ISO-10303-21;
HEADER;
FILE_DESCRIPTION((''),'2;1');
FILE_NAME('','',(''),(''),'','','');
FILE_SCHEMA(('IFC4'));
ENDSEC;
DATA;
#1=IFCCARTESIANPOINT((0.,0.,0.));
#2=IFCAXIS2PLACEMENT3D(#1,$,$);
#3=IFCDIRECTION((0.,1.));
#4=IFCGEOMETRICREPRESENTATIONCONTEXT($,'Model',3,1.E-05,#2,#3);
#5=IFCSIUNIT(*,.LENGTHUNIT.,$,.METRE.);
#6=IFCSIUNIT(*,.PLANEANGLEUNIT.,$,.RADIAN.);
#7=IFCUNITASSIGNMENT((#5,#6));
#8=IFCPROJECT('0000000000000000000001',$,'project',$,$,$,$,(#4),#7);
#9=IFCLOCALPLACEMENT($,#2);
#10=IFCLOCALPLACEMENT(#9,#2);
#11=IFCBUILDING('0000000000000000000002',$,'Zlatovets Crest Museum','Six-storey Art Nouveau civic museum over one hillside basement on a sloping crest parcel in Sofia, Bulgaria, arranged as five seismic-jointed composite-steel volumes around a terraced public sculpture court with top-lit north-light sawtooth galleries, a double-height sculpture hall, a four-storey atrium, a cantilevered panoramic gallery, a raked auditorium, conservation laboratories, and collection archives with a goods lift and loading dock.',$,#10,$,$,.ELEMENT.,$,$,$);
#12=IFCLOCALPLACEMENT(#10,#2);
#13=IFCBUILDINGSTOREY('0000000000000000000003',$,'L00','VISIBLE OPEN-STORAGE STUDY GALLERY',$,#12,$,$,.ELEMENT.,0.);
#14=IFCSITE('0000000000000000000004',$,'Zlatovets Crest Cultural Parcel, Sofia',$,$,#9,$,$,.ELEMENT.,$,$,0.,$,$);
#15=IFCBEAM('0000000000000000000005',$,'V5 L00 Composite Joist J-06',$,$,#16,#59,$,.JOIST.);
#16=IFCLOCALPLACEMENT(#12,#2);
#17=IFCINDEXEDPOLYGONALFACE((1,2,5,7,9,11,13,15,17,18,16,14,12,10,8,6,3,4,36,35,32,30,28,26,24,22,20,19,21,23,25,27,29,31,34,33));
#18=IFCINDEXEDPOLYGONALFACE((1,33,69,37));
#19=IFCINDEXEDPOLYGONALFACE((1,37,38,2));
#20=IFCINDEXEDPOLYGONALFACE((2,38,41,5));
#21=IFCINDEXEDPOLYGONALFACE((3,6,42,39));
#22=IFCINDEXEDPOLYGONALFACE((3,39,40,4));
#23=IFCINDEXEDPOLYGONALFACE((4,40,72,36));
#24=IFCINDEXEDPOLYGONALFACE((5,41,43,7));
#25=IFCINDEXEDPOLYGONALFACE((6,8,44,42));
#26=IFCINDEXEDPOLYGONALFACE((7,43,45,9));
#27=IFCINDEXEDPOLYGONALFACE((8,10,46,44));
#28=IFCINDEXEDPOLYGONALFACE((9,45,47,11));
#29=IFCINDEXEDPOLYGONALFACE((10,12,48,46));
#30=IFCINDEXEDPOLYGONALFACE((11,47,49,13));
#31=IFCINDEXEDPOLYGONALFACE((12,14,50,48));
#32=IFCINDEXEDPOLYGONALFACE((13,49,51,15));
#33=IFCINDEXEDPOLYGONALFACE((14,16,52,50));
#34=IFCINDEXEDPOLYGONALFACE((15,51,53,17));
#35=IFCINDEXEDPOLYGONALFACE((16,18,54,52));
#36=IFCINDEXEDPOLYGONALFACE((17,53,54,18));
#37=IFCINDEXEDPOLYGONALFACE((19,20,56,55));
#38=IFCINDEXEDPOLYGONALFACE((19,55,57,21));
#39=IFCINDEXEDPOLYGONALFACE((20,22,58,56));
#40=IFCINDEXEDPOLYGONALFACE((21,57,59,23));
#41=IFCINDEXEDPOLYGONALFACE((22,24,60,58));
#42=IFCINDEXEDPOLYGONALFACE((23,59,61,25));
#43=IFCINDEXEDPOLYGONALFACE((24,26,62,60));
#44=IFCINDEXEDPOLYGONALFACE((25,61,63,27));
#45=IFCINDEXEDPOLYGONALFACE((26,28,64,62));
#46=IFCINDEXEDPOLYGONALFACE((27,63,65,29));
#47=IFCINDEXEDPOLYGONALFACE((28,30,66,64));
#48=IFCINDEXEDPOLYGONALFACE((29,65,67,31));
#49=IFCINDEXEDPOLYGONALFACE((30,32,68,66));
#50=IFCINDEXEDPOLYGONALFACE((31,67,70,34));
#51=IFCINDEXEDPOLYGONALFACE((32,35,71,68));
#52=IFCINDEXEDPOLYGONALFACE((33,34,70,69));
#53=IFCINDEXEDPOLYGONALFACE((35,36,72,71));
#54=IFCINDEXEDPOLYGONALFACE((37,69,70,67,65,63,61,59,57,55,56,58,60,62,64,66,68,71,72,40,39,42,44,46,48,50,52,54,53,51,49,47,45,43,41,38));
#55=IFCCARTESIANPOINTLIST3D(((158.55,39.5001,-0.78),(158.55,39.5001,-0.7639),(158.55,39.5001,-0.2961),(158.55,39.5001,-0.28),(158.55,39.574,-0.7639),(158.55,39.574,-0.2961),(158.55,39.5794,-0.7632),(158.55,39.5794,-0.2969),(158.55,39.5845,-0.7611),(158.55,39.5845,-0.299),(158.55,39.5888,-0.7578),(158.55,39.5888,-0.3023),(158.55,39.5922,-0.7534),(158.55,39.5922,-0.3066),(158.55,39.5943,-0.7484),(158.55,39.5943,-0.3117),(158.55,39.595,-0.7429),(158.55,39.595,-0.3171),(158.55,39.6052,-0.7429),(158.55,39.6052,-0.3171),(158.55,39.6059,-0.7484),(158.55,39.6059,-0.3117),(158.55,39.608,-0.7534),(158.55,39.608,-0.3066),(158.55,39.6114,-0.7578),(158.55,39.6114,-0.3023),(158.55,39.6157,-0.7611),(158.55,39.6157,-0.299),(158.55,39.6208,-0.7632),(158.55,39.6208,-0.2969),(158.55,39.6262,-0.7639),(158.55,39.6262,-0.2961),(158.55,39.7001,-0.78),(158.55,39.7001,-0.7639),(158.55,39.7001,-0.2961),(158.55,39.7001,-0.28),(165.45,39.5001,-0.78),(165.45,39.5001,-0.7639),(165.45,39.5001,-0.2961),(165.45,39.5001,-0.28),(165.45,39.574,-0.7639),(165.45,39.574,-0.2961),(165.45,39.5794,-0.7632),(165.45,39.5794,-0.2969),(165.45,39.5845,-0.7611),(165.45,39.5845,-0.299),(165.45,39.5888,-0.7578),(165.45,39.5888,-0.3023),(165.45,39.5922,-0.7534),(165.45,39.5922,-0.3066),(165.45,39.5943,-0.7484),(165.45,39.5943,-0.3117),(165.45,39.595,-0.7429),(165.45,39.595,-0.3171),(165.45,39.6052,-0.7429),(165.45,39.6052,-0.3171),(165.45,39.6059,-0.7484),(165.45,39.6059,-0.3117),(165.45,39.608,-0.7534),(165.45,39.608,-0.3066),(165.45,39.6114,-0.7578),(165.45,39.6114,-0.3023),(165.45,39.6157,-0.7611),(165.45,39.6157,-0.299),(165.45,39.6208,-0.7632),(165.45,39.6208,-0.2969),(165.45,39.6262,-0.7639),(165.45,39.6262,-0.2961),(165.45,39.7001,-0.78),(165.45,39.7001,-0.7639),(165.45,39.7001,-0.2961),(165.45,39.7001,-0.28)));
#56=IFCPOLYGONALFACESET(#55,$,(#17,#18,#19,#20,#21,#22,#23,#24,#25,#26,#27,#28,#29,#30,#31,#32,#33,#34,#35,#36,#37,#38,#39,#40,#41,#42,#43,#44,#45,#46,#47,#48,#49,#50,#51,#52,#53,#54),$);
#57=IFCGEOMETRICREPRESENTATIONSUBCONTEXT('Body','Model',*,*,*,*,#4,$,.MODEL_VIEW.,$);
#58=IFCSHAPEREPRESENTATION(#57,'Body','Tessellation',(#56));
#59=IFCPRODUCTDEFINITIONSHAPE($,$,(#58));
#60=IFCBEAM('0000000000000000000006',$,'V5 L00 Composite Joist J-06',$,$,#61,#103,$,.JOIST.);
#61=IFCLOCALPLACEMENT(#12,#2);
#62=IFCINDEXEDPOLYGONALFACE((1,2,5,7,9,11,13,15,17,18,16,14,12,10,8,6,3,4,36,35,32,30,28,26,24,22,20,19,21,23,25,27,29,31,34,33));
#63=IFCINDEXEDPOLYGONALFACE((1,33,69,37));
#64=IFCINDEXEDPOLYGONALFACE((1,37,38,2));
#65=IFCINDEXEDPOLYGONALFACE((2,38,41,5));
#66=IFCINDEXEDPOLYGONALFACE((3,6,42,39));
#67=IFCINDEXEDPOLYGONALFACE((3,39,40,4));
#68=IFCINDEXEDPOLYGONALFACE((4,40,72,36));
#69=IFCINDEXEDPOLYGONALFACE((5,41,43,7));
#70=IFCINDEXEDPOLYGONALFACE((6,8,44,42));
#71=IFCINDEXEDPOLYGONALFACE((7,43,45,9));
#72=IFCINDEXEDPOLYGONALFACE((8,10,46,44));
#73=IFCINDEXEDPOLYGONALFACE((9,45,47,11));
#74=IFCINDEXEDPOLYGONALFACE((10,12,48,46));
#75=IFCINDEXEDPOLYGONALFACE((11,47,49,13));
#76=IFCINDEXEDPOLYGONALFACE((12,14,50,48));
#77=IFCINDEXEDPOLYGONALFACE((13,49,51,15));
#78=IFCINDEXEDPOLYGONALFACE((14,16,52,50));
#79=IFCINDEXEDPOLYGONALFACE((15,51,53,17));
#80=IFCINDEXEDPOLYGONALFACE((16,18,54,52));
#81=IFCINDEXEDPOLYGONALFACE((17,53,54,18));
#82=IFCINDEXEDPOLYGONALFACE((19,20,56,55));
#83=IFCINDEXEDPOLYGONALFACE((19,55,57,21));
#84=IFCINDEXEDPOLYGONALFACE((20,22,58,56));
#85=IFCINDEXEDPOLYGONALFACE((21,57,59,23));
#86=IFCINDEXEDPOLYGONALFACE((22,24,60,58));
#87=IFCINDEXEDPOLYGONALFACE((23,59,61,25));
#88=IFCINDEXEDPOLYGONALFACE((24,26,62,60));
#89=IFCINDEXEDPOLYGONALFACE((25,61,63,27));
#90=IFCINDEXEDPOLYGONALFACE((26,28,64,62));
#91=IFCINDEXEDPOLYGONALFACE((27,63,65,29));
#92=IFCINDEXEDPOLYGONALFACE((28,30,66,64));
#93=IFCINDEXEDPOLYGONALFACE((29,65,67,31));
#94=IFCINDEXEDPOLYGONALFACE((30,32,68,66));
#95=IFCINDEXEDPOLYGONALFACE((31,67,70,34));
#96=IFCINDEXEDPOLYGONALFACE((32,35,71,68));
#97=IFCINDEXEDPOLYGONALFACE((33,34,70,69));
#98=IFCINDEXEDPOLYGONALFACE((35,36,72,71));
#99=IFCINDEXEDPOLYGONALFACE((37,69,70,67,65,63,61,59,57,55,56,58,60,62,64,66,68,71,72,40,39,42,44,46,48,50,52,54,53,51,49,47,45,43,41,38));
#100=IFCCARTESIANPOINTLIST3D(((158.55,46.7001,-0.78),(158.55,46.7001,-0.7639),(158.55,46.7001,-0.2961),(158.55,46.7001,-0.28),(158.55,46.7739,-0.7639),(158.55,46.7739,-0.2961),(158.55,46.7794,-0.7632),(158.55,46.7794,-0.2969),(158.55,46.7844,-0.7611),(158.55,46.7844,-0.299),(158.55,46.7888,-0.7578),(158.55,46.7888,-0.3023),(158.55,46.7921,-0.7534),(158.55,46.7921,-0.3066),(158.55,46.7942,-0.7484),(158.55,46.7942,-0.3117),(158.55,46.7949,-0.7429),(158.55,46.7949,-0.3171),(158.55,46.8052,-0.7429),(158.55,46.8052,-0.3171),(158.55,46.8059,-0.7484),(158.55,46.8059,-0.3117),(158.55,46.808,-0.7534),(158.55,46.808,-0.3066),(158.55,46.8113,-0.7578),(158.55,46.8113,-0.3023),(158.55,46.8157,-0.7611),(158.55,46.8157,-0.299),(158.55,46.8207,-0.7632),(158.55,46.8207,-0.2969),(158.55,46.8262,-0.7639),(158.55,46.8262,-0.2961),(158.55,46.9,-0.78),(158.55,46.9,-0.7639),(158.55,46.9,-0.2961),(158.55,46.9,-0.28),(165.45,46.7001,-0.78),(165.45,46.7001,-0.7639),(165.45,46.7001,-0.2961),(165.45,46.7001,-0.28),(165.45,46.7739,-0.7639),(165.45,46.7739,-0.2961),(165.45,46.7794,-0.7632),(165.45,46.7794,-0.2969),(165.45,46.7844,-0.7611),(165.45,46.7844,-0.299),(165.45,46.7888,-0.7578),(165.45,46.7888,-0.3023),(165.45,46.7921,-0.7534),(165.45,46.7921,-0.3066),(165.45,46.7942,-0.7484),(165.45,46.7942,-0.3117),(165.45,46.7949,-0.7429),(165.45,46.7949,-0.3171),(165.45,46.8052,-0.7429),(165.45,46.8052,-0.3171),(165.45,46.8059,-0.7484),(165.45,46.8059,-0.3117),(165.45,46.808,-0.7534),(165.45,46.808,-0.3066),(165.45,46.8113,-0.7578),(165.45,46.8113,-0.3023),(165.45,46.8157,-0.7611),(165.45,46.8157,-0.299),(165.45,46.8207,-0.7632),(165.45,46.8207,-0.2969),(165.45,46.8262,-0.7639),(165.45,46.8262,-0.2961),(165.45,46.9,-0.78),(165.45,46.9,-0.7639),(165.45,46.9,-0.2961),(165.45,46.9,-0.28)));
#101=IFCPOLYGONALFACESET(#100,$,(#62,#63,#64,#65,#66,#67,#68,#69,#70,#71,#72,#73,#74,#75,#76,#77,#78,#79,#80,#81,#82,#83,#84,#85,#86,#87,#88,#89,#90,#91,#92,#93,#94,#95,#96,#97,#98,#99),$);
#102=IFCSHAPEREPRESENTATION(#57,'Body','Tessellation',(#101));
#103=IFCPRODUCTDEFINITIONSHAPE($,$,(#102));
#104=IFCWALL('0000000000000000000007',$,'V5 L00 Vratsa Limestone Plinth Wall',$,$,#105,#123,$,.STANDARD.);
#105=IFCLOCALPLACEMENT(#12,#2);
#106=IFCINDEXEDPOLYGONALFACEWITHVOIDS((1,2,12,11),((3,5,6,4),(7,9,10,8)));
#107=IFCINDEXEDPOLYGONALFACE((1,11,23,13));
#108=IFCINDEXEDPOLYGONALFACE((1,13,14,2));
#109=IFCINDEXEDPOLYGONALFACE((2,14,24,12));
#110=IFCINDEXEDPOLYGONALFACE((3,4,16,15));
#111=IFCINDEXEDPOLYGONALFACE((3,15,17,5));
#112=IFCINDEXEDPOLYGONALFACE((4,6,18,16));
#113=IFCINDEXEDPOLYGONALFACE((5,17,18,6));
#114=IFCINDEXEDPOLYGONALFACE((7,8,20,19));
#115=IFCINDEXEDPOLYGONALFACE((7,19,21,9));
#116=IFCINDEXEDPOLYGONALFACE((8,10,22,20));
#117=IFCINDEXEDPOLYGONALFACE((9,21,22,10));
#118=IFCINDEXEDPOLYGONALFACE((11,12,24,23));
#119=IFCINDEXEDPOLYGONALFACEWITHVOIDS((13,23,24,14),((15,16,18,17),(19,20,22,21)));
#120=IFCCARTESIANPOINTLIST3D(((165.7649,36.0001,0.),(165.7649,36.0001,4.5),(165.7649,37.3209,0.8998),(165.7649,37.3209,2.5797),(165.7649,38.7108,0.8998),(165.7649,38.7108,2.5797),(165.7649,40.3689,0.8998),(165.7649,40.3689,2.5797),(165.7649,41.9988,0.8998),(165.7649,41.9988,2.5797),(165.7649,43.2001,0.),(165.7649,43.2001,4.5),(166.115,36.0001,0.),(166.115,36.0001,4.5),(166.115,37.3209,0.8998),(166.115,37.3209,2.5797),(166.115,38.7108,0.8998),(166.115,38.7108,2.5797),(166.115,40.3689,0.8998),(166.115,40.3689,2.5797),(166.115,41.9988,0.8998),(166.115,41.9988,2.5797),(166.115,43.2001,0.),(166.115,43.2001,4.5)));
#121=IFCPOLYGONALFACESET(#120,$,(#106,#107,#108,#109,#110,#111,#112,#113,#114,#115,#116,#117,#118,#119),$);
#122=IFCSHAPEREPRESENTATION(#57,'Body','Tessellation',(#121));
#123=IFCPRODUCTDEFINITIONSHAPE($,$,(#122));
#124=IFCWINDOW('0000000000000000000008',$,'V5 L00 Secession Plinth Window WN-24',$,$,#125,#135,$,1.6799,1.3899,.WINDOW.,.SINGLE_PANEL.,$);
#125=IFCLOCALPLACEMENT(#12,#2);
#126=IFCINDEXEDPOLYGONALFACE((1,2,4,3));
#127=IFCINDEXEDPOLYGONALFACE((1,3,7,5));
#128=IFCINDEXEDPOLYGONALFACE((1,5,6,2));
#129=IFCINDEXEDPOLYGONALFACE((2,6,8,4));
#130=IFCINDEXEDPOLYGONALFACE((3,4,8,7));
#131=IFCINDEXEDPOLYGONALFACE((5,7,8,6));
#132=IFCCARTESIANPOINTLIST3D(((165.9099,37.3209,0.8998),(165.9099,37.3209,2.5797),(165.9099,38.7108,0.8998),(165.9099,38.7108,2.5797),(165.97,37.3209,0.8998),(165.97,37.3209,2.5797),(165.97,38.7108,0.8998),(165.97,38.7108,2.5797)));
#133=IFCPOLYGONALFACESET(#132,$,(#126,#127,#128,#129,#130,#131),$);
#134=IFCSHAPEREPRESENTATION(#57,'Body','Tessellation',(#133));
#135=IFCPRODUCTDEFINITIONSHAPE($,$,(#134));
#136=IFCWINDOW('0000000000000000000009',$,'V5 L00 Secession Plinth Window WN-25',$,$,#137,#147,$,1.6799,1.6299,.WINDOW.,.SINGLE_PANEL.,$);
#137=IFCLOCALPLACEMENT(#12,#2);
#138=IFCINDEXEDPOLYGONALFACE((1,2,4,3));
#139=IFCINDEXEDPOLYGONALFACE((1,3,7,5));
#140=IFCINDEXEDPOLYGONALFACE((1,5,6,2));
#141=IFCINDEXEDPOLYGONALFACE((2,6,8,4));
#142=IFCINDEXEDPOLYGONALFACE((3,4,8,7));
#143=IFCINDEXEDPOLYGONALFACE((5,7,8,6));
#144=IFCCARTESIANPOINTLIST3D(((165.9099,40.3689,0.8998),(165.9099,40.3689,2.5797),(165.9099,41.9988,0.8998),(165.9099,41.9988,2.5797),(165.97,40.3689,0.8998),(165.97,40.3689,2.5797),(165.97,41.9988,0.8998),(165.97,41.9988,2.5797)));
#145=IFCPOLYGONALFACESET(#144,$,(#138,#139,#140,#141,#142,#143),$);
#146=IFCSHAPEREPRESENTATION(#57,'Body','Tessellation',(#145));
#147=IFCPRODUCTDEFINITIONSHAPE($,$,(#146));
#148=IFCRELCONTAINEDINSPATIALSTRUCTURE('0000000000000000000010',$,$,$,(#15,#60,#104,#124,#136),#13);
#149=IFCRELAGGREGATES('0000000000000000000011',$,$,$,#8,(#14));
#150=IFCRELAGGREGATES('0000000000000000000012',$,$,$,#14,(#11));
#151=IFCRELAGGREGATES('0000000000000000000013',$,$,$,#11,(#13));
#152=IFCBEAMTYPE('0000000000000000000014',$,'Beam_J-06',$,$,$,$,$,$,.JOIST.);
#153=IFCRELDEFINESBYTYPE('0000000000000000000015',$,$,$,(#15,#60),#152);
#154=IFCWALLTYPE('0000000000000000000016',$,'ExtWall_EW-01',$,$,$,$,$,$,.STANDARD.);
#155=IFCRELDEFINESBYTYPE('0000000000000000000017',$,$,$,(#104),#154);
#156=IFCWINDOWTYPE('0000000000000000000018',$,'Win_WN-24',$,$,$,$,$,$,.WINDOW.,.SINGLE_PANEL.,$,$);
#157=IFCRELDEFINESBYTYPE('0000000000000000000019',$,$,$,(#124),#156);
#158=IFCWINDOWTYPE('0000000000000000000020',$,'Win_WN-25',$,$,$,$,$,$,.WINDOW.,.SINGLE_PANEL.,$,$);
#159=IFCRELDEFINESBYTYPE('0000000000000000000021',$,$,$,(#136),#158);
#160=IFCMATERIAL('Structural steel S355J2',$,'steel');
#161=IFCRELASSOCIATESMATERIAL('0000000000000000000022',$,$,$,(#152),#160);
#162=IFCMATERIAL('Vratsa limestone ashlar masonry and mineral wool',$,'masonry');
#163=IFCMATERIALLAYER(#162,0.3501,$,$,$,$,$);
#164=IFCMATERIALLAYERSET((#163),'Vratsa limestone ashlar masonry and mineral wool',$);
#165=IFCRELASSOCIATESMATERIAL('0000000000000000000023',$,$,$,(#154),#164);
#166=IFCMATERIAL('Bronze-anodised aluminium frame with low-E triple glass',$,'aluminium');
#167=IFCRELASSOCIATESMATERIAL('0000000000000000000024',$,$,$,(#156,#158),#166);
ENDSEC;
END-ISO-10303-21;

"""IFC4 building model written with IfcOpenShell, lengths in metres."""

from ifc_helpers import new_model, si_unit, direction, frame, frame_2d, origin, origin_2d, place, context, subcontext, project, spatial, rectangle, i_section, extrude, material, layer, layer_set, material_profile, profile_set, type_object, element, fill, save


model = new_model("IFC4")

# Units and contexts
model_context = context("Model", 3, precision=1e-05, world=origin(), true_north=direction((0.0, 1.0)))
body_context = subcontext(model_context, "Body", "Model", "MODEL_VIEW")
ifc_project = project(units=[si_unit("LENGTHUNIT", "METRE"), si_unit("PLANEANGLEUNIT", "RADIAN")], contexts=[model_context])

# Site, building, storey
site_placement = place(None, origin())
site = spatial("IfcSite", under=ifc_project, at=site_placement, Name="Zlatovets Crest Cultural Parcel, Sofia", CompositionType="ELEMENT", RefElevation=0.0)
building_placement = place(site_placement, origin())
building = spatial("IfcBuilding", under=site, at=building_placement, Name="Zlatovets Crest Museum", Description="Six-storey Art Nouveau civic museum over one hillside basement on a sloping crest parcel in Sofia, Bulgaria, arranged as five seismic-jointed composite-steel volumes around a terraced public sculpture court with top-lit north-light sawtooth galleries, a double-height sculpture hall, a four-storey atrium, a cantilevered panoramic gallery, a raked auditorium, conservation laboratories, and collection archives with a goods lift and loading dock.", CompositionType="ELEMENT")
storey_placement = place(building_placement, origin())
storey = spatial("IfcBuildingStorey", under=building, at=storey_placement, Name="L00", Description="VISIBLE OPEN-STORAGE STUDY GALLERY", CompositionType="ELEMENT", Elevation=0.0)

# Shared definitions
ifc_material_1 = material(Name="Structural steel S355J2", Category="steel")

# Beams
ifc_material_profile_1 = material_profile(ifc_material_1, i_section(OverallWidth=0.2, OverallDepth=0.5, WebThickness=0.0103, FlangeThickness=0.0161, FilletRadius=0.021, at=origin_2d()), Name="IPE 500")
ifc_profile_set_1 = profile_set([ifc_material_profile_1], Name="Structural steel S355J2")
beam_type_1 = type_object("IfcBeamType", Name="Beam_J-06", PredefinedType="JOIST", material=ifc_profile_set_1)
for number, where, z_axis, x_axis, name in (
    (1, (158.55, 39.6001, -0.53), (1.0, 0.0, 0.0), (0.0, 1.0, 0.0), "V5 L00 Composite Joist J-06"),
    (2, (158.55, 46.8, -0.53), (1.0, 0.0, 0.0), (0.0, 1.0, 0.0), "V5 L00 Composite Joist J-06"),
):
    element("IfcBeam", number, at=place(storey_placement, frame(where, z_axis=z_axis, x_axis=x_axis)), inside=storey, type_object=beam_type_1, Name=name, PredefinedType="JOIST", context=body_context, shape_type="SweptSolid", body=[
        extrude(i_section(OverallWidth=0.2, OverallDepth=0.5, WebThickness=0.0103, FlangeThickness=0.0161, FilletRadius=0.021, at=origin_2d()), origin(), (0.0, 0.0, 1.0), 6.8999),
    ])

# Wall, openings, windows
ifc_material_2 = material(Name="Vratsa limestone ashlar masonry and mineral wool", Category="masonry")
ifc_layer_1 = layer(ifc_material_2, 0.3501)
ifc_layer_set_1 = layer_set([ifc_layer_1], Name="Vratsa limestone ashlar masonry and mineral wool")
wall_type = type_object("IfcWallType", Name="ExtWall_EW-01", PredefinedType="STANDARD", material=ifc_layer_set_1)
wall_1_placement = place(storey_placement, frame((165.9399, 36.0, 0.0), z_axis=(0.0, 0.0, 1.0), x_axis=(0.0, 1.0, 0.0)))
wall_1 = element("IfcWall", 3, at=wall_1_placement, inside=storey, type_object=wall_type, Name="V5 L00 Vratsa Limestone Plinth Wall", PredefinedType="STANDARD", context=body_context, shape_type="SweptSolid", body=[
    extrude(rectangle(XDim=7.2, YDim=0.3501, at=frame_2d((3.6001, 0.0))), origin(), (0.0, 0.0, 1.0), 4.5),
])
opening_1_placement = place(wall_1_placement, frame((1.321, 0.0, 0.8999)))
opening_1 = element("IfcOpeningElement", 4, at=opening_1_placement, cuts=wall_1, PredefinedType="OPENING", context=body_context, shape_type="SweptSolid", body=[
    extrude(rectangle(XDim=1.3899, YDim=1.6799, at=frame_2d((0.6948, 0.8398))), frame((0.0, 0.1851, 0.0), z_axis=(0.0, -1.0, 0.0), x_axis=(1.0, 0.0, 0.0)), (0.0, 0.0, 1.0), 0.3701),
])
opening_2_placement = place(wall_1_placement, frame((4.3689, 0.0, 0.8999)))
opening_2 = element("IfcOpeningElement", 5, at=opening_2_placement, cuts=wall_1, PredefinedType="OPENING", context=body_context, shape_type="SweptSolid", body=[
    extrude(rectangle(XDim=1.6299, YDim=1.6799, at=frame_2d((0.8149, 0.8398))), frame((0.0, 0.1851, 0.0), z_axis=(0.0, -1.0, 0.0), x_axis=(1.0, 0.0, 0.0)), (0.0, 0.0, 1.0), 0.3701),
])
ifc_material_3 = material(Name="Bronze-anodised aluminium frame with low-E triple glass", Category="aluminium")
window_type_1 = type_object("IfcWindowType", Name="Win_WN-24", PartitioningType="SINGLE_PANEL", PredefinedType="WINDOW", material=ifc_material_3)
window_1_placement = place(opening_1_placement, origin())
window_1 = element("IfcWindow", 6, at=window_1_placement, inside=storey, type_object=window_type_1, Name="V5 L00 Secession Plinth Window WN-24", OverallHeight=1.6799, OverallWidth=1.3899, PartitioningType="SINGLE_PANEL", PredefinedType="WINDOW", context=body_context, shape_type="SweptSolid", body=[
    extrude(rectangle(XDim=1.3899, YDim=1.6799, at=frame_2d((0.6948, 0.8398))), frame((0.0, 0.03, 0.0), z_axis=(0.0, -1.0, 0.0), x_axis=(1.0, 0.0, 0.0)), (0.0, 0.0, 1.0), 0.0601),
])
fill(opening_1, window_1)
window_type_2 = type_object("IfcWindowType", Name="Win_WN-25", PartitioningType="SINGLE_PANEL", PredefinedType="WINDOW", material=ifc_material_3)
window_2_placement = place(opening_2_placement, origin())
window_2 = element("IfcWindow", 7, at=window_2_placement, inside=storey, type_object=window_type_2, Name="V5 L00 Secession Plinth Window WN-25", OverallHeight=1.6799, OverallWidth=1.6299, PartitioningType="SINGLE_PANEL", PredefinedType="WINDOW", context=body_context, shape_type="SweptSolid", body=[
    extrude(rectangle(XDim=1.6299, YDim=1.6799, at=frame_2d((0.8149, 0.8398))), frame((0.0, 0.03, 0.0), z_axis=(0.0, -1.0, 0.0), x_axis=(1.0, 0.0, 0.0)), (0.0, 0.0, 1.0), 0.0601),
])
fill(opening_2, window_2)

save(model, "model.ifc")
